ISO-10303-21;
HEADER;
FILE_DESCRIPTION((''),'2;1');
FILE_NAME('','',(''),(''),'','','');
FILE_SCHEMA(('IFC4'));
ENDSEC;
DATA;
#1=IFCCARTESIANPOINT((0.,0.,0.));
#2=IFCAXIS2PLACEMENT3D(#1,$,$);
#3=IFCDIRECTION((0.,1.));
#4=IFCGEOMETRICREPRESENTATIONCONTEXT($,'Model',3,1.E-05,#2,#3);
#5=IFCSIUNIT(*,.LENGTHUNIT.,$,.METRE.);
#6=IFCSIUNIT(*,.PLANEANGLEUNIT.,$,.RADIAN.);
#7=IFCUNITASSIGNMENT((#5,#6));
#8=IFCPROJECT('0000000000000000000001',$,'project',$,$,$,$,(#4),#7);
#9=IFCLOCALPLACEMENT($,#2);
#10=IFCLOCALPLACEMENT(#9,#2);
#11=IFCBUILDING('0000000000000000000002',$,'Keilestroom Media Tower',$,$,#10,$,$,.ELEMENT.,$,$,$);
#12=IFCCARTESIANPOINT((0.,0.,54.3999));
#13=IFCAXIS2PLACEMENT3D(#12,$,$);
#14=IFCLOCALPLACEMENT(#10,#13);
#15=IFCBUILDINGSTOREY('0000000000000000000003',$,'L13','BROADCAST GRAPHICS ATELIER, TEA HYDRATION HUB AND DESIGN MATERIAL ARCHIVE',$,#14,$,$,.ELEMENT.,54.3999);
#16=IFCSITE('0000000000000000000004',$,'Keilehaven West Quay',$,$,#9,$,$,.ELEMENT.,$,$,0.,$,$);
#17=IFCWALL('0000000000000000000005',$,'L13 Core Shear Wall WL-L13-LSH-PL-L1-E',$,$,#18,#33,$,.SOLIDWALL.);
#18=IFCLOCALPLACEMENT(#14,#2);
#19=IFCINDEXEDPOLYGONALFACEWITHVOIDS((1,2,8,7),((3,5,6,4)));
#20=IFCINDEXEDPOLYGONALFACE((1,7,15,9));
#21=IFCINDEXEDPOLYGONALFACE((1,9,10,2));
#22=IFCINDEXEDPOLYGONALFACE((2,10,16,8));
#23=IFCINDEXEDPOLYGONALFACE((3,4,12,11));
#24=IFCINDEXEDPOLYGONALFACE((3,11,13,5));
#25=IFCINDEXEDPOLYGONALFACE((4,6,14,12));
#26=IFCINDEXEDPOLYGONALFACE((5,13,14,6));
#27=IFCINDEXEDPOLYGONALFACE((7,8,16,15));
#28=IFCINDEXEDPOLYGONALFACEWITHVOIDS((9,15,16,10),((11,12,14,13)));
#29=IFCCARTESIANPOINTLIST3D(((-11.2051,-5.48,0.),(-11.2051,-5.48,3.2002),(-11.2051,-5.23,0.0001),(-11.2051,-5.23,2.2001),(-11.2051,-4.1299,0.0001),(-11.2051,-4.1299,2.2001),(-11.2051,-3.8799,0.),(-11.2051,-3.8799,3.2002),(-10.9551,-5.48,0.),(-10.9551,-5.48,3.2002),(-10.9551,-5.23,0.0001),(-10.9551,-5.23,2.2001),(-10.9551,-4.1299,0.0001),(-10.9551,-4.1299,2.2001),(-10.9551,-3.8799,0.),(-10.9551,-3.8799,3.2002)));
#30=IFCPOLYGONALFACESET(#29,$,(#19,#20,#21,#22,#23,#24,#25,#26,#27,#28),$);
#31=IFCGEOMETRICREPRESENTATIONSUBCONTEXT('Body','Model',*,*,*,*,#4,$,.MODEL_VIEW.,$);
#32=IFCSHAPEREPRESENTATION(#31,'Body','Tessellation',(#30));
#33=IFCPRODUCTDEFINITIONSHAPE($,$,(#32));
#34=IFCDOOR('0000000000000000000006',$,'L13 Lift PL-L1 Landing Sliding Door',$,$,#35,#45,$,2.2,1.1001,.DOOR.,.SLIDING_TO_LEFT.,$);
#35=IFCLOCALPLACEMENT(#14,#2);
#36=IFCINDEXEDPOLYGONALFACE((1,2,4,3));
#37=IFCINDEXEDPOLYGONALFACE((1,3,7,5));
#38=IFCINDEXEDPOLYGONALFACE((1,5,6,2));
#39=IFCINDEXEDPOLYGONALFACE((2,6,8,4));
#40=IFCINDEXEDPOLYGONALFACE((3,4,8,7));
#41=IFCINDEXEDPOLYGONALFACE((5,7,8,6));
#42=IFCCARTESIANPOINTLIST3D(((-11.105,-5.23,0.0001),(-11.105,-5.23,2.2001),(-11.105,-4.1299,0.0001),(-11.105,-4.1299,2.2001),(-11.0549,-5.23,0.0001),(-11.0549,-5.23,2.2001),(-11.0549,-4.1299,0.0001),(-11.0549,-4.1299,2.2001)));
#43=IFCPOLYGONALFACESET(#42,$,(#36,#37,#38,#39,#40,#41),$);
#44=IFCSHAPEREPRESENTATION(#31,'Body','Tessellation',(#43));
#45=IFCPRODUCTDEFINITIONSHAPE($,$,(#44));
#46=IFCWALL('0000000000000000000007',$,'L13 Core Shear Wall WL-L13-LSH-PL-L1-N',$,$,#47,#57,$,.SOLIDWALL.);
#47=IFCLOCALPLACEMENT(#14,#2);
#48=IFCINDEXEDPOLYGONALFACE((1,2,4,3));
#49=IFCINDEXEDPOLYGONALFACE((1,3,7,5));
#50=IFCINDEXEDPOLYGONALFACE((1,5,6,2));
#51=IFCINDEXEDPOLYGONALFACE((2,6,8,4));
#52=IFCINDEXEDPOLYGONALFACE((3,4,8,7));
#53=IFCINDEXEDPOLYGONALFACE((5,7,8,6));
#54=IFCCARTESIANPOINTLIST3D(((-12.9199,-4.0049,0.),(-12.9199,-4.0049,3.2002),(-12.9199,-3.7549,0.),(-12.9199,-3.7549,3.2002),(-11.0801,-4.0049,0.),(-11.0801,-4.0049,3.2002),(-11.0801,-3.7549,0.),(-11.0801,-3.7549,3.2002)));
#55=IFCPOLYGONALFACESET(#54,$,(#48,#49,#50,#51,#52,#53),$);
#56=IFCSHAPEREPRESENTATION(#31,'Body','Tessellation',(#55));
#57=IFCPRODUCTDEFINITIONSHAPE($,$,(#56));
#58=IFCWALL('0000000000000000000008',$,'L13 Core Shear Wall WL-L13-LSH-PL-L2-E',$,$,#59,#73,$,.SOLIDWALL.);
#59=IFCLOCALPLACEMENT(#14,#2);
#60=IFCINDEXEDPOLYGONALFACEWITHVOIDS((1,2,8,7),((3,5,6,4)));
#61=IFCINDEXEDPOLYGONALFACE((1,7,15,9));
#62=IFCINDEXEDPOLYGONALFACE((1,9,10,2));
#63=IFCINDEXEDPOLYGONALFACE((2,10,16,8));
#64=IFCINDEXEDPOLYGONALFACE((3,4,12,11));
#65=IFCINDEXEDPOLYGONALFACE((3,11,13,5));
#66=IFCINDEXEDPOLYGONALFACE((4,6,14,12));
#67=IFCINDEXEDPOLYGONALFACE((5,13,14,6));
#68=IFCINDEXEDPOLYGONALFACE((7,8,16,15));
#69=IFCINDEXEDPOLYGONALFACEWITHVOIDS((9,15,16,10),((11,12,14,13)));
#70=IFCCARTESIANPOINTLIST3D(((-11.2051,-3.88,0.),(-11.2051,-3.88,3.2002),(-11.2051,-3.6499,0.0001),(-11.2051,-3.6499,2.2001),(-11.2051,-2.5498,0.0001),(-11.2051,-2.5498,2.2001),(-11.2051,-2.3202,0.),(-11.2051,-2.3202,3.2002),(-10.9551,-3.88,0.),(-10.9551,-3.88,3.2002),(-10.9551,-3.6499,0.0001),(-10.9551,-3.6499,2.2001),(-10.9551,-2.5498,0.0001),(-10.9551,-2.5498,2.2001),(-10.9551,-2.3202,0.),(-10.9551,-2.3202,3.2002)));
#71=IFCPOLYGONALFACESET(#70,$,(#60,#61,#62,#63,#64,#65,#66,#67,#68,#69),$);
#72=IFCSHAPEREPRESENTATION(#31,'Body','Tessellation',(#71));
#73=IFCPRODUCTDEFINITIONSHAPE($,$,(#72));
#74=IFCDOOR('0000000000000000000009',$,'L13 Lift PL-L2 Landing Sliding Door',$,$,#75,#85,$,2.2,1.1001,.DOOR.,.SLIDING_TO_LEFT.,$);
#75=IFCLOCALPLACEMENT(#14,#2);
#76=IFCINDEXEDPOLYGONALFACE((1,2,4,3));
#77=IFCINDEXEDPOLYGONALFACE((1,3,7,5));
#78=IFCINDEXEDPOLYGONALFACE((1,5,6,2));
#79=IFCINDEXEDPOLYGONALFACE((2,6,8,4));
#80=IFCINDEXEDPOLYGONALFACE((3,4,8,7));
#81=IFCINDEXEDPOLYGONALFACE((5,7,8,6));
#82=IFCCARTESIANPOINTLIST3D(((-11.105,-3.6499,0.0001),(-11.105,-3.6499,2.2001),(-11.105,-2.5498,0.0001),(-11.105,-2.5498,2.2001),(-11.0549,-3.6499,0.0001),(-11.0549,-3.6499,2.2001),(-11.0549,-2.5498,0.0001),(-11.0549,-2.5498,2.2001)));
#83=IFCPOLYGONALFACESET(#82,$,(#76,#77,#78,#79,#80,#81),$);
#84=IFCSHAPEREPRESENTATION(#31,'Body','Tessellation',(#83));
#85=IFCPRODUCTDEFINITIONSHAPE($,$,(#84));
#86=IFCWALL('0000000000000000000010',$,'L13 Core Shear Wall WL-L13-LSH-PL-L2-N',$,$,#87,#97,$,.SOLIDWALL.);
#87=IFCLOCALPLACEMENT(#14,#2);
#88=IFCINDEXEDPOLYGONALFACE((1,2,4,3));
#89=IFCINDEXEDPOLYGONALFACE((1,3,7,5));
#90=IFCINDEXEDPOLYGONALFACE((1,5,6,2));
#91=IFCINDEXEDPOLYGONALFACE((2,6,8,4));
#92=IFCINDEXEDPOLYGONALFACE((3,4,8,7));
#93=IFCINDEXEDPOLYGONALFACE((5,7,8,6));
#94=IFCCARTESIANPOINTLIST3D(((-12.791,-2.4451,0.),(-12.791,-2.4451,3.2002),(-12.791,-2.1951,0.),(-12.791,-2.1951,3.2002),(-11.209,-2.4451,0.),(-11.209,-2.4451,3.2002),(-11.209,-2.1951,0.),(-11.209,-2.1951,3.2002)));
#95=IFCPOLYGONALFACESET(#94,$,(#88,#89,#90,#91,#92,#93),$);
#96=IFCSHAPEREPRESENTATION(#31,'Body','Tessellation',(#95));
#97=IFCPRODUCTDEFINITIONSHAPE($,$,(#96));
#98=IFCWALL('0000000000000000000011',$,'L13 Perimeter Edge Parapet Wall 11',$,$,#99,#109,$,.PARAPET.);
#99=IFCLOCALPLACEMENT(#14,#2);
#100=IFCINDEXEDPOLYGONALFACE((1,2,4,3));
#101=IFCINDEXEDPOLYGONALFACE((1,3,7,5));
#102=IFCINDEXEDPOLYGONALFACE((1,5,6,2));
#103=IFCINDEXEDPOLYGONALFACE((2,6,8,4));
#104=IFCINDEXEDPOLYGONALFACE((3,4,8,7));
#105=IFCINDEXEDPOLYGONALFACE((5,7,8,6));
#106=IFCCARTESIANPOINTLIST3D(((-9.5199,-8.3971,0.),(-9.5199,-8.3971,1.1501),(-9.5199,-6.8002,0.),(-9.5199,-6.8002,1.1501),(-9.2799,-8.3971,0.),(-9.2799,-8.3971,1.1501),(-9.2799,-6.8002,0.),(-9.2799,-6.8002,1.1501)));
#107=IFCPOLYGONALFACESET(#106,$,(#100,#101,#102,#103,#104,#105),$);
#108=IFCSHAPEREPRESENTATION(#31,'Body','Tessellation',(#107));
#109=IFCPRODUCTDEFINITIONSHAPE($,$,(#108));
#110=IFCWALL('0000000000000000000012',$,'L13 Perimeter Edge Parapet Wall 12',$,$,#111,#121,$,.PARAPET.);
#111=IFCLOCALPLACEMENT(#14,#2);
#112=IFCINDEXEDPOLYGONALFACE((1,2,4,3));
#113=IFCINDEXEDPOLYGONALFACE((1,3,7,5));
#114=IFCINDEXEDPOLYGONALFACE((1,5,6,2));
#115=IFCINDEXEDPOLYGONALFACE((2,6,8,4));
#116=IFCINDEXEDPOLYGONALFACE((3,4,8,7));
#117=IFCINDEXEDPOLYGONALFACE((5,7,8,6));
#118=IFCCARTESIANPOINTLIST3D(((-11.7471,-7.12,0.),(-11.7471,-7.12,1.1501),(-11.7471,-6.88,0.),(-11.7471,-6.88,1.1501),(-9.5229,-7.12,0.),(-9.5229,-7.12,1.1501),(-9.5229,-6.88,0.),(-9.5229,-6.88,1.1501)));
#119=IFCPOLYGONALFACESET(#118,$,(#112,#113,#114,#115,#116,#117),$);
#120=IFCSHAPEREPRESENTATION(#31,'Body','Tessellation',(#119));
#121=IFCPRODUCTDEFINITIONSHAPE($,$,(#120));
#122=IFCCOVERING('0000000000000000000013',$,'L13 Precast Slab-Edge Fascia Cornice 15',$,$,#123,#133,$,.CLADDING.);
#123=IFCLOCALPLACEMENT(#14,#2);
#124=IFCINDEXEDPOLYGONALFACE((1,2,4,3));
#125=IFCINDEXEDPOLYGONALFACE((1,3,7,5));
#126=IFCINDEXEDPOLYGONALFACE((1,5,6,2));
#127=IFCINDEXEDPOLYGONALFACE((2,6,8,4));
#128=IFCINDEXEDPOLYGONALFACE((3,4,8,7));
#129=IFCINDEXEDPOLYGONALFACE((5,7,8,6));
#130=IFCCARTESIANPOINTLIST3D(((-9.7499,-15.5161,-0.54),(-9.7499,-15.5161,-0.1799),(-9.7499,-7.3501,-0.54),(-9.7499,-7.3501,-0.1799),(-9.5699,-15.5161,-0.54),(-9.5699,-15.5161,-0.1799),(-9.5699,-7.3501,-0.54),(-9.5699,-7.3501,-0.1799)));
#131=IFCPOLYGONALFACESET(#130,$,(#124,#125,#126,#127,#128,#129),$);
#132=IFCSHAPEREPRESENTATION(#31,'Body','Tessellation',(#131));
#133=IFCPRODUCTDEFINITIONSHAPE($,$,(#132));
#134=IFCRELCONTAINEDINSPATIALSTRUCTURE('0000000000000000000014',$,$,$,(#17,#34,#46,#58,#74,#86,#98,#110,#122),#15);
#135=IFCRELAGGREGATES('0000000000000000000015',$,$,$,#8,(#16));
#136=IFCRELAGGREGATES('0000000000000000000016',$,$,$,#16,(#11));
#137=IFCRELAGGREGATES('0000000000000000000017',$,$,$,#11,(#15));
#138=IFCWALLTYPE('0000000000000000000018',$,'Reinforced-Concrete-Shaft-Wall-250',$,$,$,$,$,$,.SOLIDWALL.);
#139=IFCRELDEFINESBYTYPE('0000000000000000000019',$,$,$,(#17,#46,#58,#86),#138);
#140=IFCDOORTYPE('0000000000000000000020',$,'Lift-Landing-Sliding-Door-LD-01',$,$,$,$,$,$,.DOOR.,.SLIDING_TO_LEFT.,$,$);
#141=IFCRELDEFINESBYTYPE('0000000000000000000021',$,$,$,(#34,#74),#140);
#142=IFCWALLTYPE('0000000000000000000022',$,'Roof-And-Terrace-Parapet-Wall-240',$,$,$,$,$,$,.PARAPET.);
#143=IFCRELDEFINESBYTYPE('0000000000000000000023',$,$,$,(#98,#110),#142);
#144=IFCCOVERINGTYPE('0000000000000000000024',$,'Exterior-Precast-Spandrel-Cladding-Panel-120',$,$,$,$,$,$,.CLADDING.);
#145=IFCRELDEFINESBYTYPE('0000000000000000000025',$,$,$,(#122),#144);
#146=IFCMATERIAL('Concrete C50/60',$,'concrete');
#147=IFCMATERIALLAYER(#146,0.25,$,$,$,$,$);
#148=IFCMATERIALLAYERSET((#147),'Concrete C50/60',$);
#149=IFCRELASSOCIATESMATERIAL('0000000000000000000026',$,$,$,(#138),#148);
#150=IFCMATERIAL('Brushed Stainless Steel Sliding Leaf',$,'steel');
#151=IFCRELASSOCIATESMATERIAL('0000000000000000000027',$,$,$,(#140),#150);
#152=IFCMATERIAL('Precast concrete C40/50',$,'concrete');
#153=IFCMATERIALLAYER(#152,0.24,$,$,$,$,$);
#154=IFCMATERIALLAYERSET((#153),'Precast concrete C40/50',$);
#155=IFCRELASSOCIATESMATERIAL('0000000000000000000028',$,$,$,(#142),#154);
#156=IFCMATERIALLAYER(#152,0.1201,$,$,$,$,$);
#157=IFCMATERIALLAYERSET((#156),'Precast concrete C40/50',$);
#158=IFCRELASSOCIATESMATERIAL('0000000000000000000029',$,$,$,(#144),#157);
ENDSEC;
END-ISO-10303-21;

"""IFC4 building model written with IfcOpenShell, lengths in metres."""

from ifc_helpers import new_model, si_unit, direction, frame, frame_2d, origin, origin_2d, place, context, subcontext, project, spatial, rectangle, extrude, source, transform, mapped, material, layer, layer_set, type_object, element, fill, save


model = new_model("IFC4")

# Units and contexts
model_context = context("Model", 3, precision=1e-05, world=origin(), true_north=direction((0.0, 1.0)))
body_context = subcontext(model_context, "Body", "Model", "MODEL_VIEW")
ifc_project = project(units=[si_unit("LENGTHUNIT", "METRE"), si_unit("PLANEANGLEUNIT", "RADIAN")], contexts=[model_context])

# Site, building, storey
site_placement = place(None, origin())
site = spatial("IfcSite", under=ifc_project, at=site_placement, Name="Keilehaven West Quay", CompositionType="ELEMENT", RefElevation=0.0)
building_placement = place(site_placement, origin())
building = spatial("IfcBuilding", under=site, at=building_placement, Name="Keilestroom Media Tower", CompositionType="ELEMENT")
storey_placement = place(building_placement, frame((0.0, 0.0, 54.3999)))
storey = spatial("IfcBuildingStorey", under=building, at=storey_placement, Name="L13", Description="BROADCAST GRAPHICS ATELIER, TEA HYDRATION HUB AND DESIGN MATERIAL ARCHIVE", CompositionType="ELEMENT", Elevation=54.3999)

# Shared definitions
shared_shape_1 = source(origin(), body_context, "Body", "SweptSolid", [
    extrude(rectangle(XDim=1.1001, YDim=2.2, at=frame_2d((0.55, 1.1001))), frame((0.0, 0.0249, 0.0), z_axis=(0.0, -1.0, 0.0), x_axis=(1.0, 0.0, 0.0)), (0.0, 0.0, 1.0), 0.05),
])

# Shared definitions
ifc_material_1 = material(Name="Concrete C50/60", Category="concrete")
ifc_layer_1 = layer(ifc_material_1, 0.25)
ifc_layer_set_1 = layer_set([ifc_layer_1], Name="Concrete C50/60")
wall_type_1 = type_object("IfcWallType", Name="Reinforced-Concrete-Shaft-Wall-250", PredefinedType="SOLIDWALL", material=ifc_layer_set_1)

# Wall, opening, door
wall_1_placement = place(storey_placement, frame((-11.0801, -5.48, 0.0), z_axis=(0.0, 0.0, 1.0), x_axis=(0.0, 1.0, 0.0)))
wall_1 = element("IfcWall", 1, at=wall_1_placement, inside=storey, type_object=wall_type_1, Name="L13 Core Shear Wall WL-L13-LSH-PL-L1-E", PredefinedType="SOLIDWALL", context=body_context, shape_type="SweptSolid", body=[
    extrude(rectangle(XDim=1.6001, YDim=0.25, at=frame_2d((0.8, 0.0))), origin(), (0.0, 0.0, 1.0), 3.2002),
])
opening_1_placement = place(wall_1_placement, frame((0.25, 0.0, 0.0)))
opening_1 = element("IfcOpeningElement", 2, at=opening_1_placement, cuts=wall_1, PredefinedType="OPENING", context=body_context, shape_type="SweptSolid", body=[
    extrude(rectangle(XDim=1.1001, YDim=2.2, at=frame_2d((0.55, 1.1001))), frame((0.0, 0.135, 0.0), z_axis=(0.0, -1.0, 0.0), x_axis=(1.0, 0.0, 0.0)), (0.0, 0.0, 1.0), 0.27),
])
ifc_material_2 = material(Name="Brushed Stainless Steel Sliding Leaf", Category="steel")
door_type_1 = type_object("IfcDoorType", Name="Lift-Landing-Sliding-Door-LD-01", OperationType="SLIDING_TO_LEFT", PredefinedType="DOOR", material=ifc_material_2)
door_1_placement = place(opening_1_placement, origin())
door_1 = element("IfcDoor", 3, at=door_1_placement, inside=storey, type_object=door_type_1, Name="L13 Lift PL-L1 Landing Sliding Door", OperationType="SLIDING_TO_LEFT", OverallHeight=2.2, OverallWidth=1.1001, PredefinedType="DOOR", context=body_context, shape_type="MappedRepresentation", body=[
    mapped(shared_shape_1, transform((0.0, 0.0, 0.0), x_axis=(1.0, 0.0, 0.0), y_axis=(0.0, 1.0, 0.0), z_axis=(0.0, 0.0, 1.0), scale=1.0)),
])
fill(opening_1, door_1)

# Wall
wall_2_placement = place(storey_placement, frame((-12.9199, -3.8799, 0.0), z_axis=(0.0, 0.0, 1.0), x_axis=(1.0, 0.0, 0.0)))
element("IfcWall", 4, at=wall_2_placement, inside=storey, type_object=wall_type_1, Name="L13 Core Shear Wall WL-L13-LSH-PL-L1-N", PredefinedType="SOLIDWALL", context=body_context, shape_type="SweptSolid", body=[
    extrude(rectangle(XDim=1.8398, YDim=0.25, at=frame_2d((0.9199, 0.0))), origin(), (0.0, 0.0, 1.0), 3.2002),
])

# Wall, opening, door
wall_3_placement = place(storey_placement, frame((-11.0801, -3.8799, 0.0), z_axis=(0.0, 0.0, 1.0), x_axis=(0.0, 1.0, 0.0)))
wall_3 = element("IfcWall", 5, at=wall_3_placement, inside=storey, type_object=wall_type_1, Name="L13 Core Shear Wall WL-L13-LSH-PL-L2-E", PredefinedType="SOLIDWALL", context=body_context, shape_type="SweptSolid", body=[
    extrude(rectangle(XDim=1.5598, YDim=0.25, at=frame_2d((0.7798, 0.0))), origin(), (0.0, 0.0, 1.0), 3.2002),
])
opening_2_placement = place(wall_3_placement, frame((0.23, 0.0, 0.0)))
opening_2 = element("IfcOpeningElement", 6, at=opening_2_placement, cuts=wall_3, PredefinedType="OPENING", context=body_context, shape_type="SweptSolid", body=[
    extrude(rectangle(XDim=1.1001, YDim=2.2, at=frame_2d((0.55, 1.1001))), frame((0.0, 0.135, 0.0), z_axis=(0.0, -1.0, 0.0), x_axis=(1.0, 0.0, 0.0)), (0.0, 0.0, 1.0), 0.27),
])
door_2_placement = place(opening_2_placement, origin())
door_2 = element("IfcDoor", 7, at=door_2_placement, inside=storey, type_object=door_type_1, Name="L13 Lift PL-L2 Landing Sliding Door", OperationType="SLIDING_TO_LEFT", OverallHeight=2.2, OverallWidth=1.1001, PredefinedType="DOOR", context=body_context, shape_type="MappedRepresentation", body=[
    mapped(shared_shape_1, transform((0.0, 0.0, 0.0), x_axis=(1.0, 0.0, 0.0), y_axis=(0.0, 1.0, 0.0), z_axis=(0.0, 0.0, 1.0), scale=1.0)),
])
fill(opening_2, door_2)

# Walls
wall_4_placement = place(storey_placement, frame((-12.791, -2.3201, 0.0), z_axis=(0.0, 0.0, 1.0), x_axis=(1.0, 0.0, 0.0)))
element("IfcWall", 8, at=wall_4_placement, inside=storey, type_object=wall_type_1, Name="L13 Core Shear Wall WL-L13-LSH-PL-L2-N", PredefinedType="SOLIDWALL", context=body_context, shape_type="SweptSolid", body=[
    extrude(rectangle(XDim=1.582, YDim=0.25, at=frame_2d((0.791, 0.0))), origin(), (0.0, 0.0, 1.0), 3.2002),
])
ifc_material_3 = material(Name="Precast concrete C40/50", Category="concrete")
ifc_layer_2 = layer(ifc_material_3, 0.24)
ifc_layer_set_2 = layer_set([ifc_layer_2], Name="Precast concrete C40/50")
wall_type_2 = type_object("IfcWallType", Name="Roof-And-Terrace-Parapet-Wall-240", PredefinedType="PARAPET", material=ifc_layer_set_2)
wall_5_placement = place(storey_placement, frame((-9.3999, -8.397, 0.0), z_axis=(0.0, 0.0, 1.0), x_axis=(0.0, 1.0, 0.0)))
element("IfcWall", 9, at=wall_5_placement, inside=storey, type_object=wall_type_2, Name="L13 Perimeter Edge Parapet Wall 11", PredefinedType="PARAPET", context=body_context, shape_type="SweptSolid", body=[
    extrude(rectangle(XDim=1.5969, YDim=0.24, at=frame_2d((0.7983, 0.0))), origin(), (0.0, 0.0, 1.0), 1.1501),
])
wall_6_placement = place(storey_placement, frame((-9.5229, -7.0, 0.0), z_axis=(0.0, 0.0, 1.0), x_axis=(-1.0, 0.0, 0.0)))
element("IfcWall", 10, at=wall_6_placement, inside=storey, type_object=wall_type_2, Name="L13 Perimeter Edge Parapet Wall 12", PredefinedType="PARAPET", context=body_context, shape_type="SweptSolid", body=[
    extrude(rectangle(XDim=2.2241, YDim=0.24, at=frame_2d((1.1121, 0.0))), origin(), (0.0, 0.0, 1.0), 1.1501),
])

# Covering
ifc_layer_3 = layer(ifc_material_3, 0.1201)
ifc_layer_set_3 = layer_set([ifc_layer_3], Name="Precast concrete C40/50")
covering_type = type_object("IfcCoveringType", Name="Exterior-Precast-Spandrel-Cladding-Panel-120", PredefinedType="CLADDING", material=ifc_layer_set_3)
shared_shape_2 = source(origin(), body_context, "Body", "SweptSolid", [
    extrude(rectangle(XDim=8.166, YDim=0.1799, at=origin_2d()), origin(), (0.0, 0.0, 1.0), 0.3601),
])
covering_placement = place(storey_placement, frame((-9.6599, -11.4331, -0.54), z_axis=(0.0, 0.0, 1.0), x_axis=(0.0, 1.0, 0.0)))
element("IfcCovering", 11, at=covering_placement, inside=storey, type_object=covering_type, Name="L13 Precast Slab-Edge Fascia Cornice 15", PredefinedType="CLADDING", context=body_context, shape_type="MappedRepresentation", body=[
    mapped(shared_shape_2, transform((0.0, 0.0, 0.0), x_axis=(1.0, 0.0, 0.0), y_axis=(0.0, 1.0, 0.0), z_axis=(0.0, 0.0, 1.0), scale=1.0)),
])

save(model, "model.ifc")
